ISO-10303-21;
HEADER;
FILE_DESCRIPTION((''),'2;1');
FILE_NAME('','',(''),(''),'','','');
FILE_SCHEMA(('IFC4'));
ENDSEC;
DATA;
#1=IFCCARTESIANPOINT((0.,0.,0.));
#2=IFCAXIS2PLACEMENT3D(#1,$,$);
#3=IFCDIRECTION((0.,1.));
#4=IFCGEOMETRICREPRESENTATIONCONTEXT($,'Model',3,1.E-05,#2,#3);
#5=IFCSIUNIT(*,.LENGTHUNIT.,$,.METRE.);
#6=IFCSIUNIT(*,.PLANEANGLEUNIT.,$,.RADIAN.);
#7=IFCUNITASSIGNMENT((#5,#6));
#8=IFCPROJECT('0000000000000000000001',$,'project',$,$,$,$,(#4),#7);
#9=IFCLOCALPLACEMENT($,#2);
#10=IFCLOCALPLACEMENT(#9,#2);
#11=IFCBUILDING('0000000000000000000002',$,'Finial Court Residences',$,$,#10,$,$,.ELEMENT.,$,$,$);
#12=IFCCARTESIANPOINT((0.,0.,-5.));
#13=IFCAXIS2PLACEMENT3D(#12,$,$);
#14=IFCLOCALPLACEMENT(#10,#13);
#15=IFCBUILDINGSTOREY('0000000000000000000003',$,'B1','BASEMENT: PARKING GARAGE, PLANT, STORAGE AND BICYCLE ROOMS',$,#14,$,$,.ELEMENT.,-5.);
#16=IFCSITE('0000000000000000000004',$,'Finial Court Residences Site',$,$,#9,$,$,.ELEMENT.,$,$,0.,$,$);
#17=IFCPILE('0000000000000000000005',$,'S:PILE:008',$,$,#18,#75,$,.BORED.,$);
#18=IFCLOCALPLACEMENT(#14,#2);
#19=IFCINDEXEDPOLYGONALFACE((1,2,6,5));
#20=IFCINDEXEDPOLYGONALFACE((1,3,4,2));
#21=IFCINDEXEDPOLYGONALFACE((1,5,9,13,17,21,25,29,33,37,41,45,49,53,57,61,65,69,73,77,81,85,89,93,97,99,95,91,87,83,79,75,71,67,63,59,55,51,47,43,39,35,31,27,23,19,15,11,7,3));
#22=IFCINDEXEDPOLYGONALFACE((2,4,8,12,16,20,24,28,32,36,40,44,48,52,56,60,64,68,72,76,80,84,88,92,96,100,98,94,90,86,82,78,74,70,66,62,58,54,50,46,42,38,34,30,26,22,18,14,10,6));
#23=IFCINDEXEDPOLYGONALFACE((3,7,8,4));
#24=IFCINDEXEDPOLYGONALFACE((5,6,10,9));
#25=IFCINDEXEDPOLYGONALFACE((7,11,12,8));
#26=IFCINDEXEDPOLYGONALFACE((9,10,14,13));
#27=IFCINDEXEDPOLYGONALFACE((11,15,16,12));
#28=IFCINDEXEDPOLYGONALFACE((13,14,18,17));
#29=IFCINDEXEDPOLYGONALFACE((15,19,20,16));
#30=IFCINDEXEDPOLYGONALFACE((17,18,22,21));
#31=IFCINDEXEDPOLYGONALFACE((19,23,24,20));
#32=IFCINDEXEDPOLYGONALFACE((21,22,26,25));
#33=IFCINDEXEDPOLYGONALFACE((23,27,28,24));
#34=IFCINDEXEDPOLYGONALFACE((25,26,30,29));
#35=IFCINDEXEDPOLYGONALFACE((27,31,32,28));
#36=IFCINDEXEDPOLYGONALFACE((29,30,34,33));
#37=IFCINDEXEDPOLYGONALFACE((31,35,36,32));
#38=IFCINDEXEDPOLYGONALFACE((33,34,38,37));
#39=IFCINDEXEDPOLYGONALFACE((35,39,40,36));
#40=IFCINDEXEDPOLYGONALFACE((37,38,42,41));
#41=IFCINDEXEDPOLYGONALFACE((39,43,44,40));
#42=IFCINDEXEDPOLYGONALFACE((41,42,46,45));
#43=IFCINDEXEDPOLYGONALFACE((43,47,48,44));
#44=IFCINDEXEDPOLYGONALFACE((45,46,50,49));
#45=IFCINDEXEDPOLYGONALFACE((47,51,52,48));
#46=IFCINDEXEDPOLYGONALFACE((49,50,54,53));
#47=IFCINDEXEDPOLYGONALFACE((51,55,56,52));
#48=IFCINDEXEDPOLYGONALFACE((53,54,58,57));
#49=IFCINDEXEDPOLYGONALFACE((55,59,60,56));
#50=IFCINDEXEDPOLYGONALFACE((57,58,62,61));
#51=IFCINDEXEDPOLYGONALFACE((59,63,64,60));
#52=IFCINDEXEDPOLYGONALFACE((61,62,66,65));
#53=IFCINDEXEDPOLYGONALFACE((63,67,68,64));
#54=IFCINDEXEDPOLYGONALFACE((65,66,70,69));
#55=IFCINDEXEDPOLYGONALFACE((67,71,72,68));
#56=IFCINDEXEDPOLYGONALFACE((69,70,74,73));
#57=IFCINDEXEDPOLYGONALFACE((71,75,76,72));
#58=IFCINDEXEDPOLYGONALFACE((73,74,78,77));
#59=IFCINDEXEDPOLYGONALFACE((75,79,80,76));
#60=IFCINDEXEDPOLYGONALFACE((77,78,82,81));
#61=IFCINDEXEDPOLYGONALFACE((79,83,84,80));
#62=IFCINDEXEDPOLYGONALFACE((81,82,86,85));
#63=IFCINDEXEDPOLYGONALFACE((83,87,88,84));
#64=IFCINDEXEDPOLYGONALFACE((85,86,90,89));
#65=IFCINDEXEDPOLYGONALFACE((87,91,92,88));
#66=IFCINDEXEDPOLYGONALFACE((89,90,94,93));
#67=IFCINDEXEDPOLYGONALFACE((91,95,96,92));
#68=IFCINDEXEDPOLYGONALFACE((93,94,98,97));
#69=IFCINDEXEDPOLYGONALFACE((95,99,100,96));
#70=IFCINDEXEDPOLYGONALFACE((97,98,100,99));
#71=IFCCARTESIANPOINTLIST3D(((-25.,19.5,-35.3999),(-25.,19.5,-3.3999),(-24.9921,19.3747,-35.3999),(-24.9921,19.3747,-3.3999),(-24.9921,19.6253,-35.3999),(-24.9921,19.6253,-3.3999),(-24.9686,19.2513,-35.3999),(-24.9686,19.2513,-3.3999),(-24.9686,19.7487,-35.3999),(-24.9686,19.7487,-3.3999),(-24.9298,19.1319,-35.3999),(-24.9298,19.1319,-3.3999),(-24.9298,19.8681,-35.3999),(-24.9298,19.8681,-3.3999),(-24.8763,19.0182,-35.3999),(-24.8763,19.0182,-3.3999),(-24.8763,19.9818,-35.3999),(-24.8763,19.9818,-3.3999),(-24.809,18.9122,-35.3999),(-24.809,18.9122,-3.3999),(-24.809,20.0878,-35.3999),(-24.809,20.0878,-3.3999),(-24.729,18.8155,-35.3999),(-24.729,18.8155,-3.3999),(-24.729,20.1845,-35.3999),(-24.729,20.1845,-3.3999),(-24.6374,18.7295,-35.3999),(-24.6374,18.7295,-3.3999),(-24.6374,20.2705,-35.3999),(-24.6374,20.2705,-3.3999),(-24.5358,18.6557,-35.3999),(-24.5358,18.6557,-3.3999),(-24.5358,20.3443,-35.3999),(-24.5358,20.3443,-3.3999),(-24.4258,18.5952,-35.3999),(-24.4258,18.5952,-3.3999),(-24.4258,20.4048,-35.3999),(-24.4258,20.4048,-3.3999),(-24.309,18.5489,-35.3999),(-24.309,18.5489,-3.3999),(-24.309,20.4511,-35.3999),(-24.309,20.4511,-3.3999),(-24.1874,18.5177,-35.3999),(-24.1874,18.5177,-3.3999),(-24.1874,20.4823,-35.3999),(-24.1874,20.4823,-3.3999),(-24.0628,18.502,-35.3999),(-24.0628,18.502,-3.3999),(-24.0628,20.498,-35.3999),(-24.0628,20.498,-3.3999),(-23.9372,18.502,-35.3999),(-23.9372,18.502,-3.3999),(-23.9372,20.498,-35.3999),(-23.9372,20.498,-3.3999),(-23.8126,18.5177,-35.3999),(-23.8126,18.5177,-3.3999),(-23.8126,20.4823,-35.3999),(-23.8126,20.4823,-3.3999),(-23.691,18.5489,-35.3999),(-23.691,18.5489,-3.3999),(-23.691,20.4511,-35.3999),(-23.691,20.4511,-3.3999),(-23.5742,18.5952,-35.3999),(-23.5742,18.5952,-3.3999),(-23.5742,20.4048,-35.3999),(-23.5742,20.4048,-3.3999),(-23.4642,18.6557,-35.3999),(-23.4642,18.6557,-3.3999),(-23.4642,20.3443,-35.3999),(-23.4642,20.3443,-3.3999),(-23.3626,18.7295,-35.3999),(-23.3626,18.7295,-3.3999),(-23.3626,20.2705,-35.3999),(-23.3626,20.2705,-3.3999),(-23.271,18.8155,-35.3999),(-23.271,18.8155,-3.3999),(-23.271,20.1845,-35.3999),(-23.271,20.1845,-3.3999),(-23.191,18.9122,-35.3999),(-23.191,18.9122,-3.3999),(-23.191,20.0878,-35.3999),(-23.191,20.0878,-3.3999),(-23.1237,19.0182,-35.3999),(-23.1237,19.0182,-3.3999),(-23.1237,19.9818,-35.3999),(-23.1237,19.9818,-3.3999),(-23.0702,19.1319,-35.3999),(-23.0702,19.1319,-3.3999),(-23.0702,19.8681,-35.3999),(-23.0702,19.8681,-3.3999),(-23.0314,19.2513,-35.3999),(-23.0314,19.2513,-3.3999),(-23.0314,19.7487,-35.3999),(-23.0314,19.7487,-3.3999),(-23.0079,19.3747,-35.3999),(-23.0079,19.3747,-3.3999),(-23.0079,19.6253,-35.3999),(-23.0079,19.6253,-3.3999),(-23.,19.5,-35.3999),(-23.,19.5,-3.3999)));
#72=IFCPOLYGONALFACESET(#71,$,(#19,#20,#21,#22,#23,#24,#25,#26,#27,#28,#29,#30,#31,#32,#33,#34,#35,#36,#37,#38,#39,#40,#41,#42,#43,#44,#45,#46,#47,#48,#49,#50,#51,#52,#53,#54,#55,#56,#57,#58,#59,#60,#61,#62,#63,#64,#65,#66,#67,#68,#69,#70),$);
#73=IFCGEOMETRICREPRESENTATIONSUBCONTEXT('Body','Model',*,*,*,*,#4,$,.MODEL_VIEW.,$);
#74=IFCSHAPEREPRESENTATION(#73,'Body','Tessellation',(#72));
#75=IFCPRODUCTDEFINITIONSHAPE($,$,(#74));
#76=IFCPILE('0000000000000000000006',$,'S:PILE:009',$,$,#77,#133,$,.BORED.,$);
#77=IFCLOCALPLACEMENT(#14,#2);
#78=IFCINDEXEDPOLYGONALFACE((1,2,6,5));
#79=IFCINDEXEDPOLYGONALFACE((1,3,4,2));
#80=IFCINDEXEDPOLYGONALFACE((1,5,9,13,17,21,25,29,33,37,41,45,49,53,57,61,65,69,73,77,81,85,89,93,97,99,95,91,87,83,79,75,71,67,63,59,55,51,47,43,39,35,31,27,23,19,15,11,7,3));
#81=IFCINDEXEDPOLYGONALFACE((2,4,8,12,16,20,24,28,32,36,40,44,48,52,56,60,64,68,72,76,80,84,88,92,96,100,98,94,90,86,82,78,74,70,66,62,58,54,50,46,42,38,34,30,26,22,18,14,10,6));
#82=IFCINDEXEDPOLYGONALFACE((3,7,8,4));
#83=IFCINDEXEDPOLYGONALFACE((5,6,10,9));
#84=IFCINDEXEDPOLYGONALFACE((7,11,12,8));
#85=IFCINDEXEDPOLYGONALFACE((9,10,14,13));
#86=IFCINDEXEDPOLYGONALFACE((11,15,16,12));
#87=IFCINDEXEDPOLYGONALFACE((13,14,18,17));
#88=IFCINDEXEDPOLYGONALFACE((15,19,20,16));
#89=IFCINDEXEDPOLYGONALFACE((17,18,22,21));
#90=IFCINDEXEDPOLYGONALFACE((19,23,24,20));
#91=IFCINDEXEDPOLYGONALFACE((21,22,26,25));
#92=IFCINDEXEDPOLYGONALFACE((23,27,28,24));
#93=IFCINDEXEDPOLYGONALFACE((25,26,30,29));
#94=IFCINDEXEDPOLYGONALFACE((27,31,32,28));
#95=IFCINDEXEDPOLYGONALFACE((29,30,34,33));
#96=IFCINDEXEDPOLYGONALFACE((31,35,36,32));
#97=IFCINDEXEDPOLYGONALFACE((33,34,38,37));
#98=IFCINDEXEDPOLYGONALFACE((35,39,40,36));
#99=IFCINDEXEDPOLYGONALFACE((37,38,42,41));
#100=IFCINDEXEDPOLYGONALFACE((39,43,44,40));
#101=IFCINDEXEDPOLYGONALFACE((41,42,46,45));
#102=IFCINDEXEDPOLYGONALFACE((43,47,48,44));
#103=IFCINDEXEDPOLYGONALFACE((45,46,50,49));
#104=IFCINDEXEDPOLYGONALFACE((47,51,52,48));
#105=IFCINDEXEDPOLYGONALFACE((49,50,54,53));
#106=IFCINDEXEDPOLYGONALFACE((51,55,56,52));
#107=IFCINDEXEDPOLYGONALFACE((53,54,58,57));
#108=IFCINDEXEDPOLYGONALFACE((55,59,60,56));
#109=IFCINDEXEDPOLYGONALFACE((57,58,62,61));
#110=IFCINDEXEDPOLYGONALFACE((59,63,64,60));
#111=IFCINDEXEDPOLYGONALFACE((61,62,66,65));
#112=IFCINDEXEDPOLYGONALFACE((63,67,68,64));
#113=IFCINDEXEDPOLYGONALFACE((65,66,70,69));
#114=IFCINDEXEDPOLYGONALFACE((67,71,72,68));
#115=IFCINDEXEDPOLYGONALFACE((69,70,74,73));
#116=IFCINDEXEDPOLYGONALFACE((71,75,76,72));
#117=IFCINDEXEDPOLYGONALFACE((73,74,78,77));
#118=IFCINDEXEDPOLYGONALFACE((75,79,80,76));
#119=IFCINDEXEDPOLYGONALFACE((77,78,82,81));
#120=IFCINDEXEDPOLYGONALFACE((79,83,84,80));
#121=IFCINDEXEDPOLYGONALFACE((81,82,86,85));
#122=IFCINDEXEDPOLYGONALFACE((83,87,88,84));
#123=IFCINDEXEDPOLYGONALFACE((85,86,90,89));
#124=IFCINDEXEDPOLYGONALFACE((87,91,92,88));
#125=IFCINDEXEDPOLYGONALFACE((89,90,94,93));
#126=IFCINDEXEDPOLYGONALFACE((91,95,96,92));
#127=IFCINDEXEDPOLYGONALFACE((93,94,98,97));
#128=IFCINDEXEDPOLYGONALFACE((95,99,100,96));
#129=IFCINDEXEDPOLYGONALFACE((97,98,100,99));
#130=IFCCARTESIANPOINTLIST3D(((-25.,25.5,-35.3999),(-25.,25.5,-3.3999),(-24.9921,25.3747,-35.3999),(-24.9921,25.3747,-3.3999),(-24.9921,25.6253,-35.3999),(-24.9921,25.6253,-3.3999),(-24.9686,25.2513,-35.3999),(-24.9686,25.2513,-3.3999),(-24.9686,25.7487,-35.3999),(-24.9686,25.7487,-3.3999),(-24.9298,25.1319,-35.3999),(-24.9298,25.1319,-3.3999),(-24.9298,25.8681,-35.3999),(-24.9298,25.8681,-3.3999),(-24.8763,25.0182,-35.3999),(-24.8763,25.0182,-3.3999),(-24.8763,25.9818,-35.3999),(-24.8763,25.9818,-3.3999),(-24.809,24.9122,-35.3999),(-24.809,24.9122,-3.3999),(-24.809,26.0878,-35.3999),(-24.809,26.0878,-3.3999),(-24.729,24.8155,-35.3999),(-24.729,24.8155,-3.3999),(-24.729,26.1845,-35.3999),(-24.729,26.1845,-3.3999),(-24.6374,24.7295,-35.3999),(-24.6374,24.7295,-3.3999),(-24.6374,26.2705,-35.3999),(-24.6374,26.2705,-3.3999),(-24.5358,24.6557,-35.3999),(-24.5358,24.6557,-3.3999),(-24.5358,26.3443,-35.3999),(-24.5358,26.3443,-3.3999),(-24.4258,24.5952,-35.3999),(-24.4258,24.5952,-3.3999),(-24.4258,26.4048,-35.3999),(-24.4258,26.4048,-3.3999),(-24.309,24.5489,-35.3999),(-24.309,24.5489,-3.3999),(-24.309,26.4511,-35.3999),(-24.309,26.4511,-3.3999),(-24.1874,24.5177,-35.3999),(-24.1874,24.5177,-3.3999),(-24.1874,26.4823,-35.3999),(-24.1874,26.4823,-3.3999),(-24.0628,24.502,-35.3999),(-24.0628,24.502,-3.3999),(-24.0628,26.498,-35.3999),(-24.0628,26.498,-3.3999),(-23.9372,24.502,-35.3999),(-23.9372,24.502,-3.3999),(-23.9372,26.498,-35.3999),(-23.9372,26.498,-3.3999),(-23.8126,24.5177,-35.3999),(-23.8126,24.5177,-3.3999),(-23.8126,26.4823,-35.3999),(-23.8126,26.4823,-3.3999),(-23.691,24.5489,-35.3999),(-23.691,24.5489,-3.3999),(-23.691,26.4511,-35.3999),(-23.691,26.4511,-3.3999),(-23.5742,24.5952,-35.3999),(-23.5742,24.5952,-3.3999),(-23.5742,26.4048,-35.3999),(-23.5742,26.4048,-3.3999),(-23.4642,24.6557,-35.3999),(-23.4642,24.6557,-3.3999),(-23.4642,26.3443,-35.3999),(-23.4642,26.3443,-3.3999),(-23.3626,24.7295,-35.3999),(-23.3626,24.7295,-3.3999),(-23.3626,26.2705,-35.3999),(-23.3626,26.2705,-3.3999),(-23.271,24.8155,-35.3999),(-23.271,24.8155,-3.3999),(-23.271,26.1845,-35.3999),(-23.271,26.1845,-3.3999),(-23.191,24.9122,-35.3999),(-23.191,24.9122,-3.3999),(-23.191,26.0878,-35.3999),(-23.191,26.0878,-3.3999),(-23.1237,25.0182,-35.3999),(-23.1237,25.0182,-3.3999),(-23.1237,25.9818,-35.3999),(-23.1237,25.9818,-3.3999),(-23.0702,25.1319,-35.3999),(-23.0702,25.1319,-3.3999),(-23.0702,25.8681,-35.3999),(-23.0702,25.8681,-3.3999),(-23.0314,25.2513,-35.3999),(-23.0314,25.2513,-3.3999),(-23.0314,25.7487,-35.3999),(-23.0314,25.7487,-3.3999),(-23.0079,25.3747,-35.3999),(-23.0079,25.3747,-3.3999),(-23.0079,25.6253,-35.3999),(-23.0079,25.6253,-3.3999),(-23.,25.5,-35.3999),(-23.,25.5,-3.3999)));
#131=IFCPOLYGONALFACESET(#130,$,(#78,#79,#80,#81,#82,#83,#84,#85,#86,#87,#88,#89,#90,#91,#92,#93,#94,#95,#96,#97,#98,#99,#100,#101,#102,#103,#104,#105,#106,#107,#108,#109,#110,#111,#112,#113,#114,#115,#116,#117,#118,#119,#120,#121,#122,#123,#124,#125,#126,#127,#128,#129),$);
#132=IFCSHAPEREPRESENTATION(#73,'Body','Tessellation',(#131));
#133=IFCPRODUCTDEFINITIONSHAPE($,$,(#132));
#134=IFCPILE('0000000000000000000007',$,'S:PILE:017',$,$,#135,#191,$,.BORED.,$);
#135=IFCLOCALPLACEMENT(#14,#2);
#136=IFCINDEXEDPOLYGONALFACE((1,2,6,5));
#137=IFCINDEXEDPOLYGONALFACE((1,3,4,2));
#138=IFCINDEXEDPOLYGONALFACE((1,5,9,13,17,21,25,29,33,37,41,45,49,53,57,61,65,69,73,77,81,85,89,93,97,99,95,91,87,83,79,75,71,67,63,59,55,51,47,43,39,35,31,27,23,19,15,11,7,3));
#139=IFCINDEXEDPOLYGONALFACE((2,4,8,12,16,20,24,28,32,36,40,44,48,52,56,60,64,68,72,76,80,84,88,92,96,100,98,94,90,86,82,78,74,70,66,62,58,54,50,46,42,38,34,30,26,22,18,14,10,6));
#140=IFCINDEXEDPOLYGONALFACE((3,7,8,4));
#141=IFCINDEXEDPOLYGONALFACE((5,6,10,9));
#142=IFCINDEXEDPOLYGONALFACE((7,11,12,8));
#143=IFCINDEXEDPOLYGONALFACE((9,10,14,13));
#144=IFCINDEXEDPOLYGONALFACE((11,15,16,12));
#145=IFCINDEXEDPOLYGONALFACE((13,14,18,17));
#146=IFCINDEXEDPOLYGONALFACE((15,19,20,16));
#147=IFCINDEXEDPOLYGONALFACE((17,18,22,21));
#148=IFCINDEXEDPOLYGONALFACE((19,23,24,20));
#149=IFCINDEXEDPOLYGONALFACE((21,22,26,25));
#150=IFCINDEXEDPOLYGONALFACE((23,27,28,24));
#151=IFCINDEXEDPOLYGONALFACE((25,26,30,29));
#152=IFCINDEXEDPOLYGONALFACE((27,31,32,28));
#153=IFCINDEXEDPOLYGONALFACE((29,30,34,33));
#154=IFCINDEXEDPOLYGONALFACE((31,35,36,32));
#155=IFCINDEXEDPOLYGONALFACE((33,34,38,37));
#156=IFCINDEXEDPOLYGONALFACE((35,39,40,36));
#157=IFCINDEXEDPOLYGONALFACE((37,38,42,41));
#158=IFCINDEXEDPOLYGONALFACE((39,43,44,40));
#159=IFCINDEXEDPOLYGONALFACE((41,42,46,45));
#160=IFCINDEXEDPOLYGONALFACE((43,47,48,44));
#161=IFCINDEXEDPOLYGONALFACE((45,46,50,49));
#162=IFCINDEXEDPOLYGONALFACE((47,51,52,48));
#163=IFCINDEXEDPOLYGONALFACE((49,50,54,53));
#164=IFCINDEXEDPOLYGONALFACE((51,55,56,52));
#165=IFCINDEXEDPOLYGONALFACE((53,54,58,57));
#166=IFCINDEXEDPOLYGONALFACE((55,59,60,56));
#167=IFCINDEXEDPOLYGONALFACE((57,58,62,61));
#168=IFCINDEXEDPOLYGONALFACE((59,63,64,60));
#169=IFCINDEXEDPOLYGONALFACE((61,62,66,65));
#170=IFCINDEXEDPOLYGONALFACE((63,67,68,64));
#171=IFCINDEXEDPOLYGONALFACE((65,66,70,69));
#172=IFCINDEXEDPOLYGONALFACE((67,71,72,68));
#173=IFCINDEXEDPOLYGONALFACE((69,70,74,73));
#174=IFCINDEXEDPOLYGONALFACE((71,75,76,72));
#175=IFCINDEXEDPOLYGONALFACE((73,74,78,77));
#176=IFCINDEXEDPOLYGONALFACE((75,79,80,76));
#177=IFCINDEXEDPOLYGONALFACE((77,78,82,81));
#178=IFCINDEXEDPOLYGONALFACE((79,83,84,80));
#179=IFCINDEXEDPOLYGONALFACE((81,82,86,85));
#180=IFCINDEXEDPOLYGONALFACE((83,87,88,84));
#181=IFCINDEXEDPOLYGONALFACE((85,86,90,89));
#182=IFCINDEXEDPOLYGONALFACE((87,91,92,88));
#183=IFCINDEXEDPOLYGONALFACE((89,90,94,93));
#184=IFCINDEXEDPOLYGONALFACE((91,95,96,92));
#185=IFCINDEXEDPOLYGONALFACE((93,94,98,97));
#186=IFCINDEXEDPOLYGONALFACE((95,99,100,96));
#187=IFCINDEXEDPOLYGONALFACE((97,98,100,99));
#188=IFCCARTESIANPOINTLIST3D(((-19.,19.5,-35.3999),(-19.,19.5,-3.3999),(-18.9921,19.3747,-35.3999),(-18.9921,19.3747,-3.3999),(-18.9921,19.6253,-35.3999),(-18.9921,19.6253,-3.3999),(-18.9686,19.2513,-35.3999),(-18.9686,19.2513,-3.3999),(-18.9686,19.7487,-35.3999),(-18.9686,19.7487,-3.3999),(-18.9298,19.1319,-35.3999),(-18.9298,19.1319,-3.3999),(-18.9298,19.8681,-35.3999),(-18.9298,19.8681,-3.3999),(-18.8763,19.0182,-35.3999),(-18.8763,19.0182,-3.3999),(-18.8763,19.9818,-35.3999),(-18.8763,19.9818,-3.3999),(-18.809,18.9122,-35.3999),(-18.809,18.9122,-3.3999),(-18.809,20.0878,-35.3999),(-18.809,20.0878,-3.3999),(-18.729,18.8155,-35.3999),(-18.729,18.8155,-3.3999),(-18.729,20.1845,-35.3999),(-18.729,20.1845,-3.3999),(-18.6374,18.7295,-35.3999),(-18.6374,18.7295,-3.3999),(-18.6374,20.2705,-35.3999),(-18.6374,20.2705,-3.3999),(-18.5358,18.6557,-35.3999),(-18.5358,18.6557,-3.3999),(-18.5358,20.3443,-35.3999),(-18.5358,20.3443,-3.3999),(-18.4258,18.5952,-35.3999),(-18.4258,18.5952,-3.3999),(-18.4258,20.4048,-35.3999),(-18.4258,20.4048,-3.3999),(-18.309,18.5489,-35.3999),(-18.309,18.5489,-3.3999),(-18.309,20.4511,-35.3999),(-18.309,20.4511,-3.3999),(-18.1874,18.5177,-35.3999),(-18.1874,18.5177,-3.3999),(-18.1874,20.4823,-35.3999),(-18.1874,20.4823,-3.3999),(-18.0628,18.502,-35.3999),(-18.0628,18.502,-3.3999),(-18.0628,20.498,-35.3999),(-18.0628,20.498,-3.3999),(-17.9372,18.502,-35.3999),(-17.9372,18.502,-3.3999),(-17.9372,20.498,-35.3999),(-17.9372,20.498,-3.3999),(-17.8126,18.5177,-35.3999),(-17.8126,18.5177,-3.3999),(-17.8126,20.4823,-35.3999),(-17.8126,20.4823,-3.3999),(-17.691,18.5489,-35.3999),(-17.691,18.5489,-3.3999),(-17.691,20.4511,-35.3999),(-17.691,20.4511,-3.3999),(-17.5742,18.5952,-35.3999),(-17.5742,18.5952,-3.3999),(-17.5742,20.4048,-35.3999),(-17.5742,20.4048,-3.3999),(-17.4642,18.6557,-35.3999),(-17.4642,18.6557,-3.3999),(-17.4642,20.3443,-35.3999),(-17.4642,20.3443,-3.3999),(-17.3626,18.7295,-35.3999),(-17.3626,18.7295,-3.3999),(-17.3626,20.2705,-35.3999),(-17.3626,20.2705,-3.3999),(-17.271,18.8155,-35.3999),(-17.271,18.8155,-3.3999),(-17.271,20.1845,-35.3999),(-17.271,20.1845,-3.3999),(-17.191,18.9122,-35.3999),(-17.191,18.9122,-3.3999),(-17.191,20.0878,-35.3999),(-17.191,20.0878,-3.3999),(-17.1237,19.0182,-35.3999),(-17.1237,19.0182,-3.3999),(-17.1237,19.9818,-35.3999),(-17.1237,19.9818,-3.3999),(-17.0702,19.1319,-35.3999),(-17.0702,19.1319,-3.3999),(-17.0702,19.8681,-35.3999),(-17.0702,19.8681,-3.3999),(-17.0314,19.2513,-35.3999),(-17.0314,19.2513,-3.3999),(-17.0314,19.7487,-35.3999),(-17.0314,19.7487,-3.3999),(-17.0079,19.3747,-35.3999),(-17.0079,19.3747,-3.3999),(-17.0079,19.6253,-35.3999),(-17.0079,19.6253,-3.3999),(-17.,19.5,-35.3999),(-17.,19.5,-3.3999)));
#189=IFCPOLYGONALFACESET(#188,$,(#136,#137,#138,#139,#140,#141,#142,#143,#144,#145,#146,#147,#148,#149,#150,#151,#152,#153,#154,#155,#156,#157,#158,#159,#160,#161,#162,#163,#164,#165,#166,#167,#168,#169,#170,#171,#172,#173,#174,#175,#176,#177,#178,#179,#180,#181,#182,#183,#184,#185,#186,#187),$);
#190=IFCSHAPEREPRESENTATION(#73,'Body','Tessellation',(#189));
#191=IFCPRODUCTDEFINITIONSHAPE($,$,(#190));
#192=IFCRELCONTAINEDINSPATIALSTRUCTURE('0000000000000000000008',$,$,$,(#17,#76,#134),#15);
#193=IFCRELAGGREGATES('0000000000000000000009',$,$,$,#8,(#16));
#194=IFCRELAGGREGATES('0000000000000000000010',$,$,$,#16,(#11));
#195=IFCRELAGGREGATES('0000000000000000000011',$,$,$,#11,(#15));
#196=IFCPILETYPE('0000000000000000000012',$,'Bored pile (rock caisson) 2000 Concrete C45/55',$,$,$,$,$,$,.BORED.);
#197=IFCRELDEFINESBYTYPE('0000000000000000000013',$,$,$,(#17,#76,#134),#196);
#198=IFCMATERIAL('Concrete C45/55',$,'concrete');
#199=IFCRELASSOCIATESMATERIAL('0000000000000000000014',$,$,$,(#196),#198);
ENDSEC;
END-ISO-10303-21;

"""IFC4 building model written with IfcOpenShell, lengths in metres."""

from ifc_helpers import new_model, si_unit, direction, frame, origin, origin_2d, place, context, subcontext, project, spatial, circle, extrude, material, material_profile, profile_set, type_object, element, save


model = new_model("IFC4")

# Units and contexts
model_context = context("Model", 3, precision=1e-05, world=origin(), true_north=direction((0.0, 1.0)))
body_context = subcontext(model_context, "Body", "Model", "MODEL_VIEW")
ifc_project = project(units=[si_unit("LENGTHUNIT", "METRE"), si_unit("PLANEANGLEUNIT", "RADIAN")], contexts=[model_context])

# Site, building, storey
site_placement = place(None, origin())
site = spatial("IfcSite", under=ifc_project, at=site_placement, Name="Finial Court Residences Site", CompositionType="ELEMENT", RefElevation=0.0)
building_placement = place(site_placement, origin())
building = spatial("IfcBuilding", under=site, at=building_placement, Name="Finial Court Residences", CompositionType="ELEMENT")
storey_placement = place(building_placement, frame((0.0, 0.0, -5.0)))
storey = spatial("IfcBuildingStorey", under=building, at=storey_placement, Name="B1", Description="BASEMENT: PARKING GARAGE, PLANT, STORAGE AND BICYCLE ROOMS", CompositionType="ELEMENT", Elevation=-5.0)

# Piles
ifc_material_1 = material(Name="Concrete C45/55", Category="concrete")
ifc_material_profile_1 = material_profile(ifc_material_1, circle(Radius=1.0, at=origin_2d()), Name="D2000")
ifc_profile_set_1 = profile_set([ifc_material_profile_1], Name="Concrete C45/55")
pile_type = type_object("IfcPileType", Name="Bored pile (rock caisson) 2000 Concrete C45/55", PredefinedType="BORED", material=ifc_profile_set_1)
for number, where, z_axis, x_axis, name in (
    (1, (-24.0, 19.5, -3.3999), (0.0, 0.0, -1.0), (1.0, 0.0, 0.0), "S:PILE:008"),
    (2, (-24.0, 25.5, -3.3999), (0.0, 0.0, -1.0), (1.0, 0.0, 0.0), "S:PILE:009"),
    (3, (-18.0, 19.5, -3.3999), (0.0, 0.0, -1.0), (1.0, 0.0, 0.0), "S:PILE:017"),
):
    element("IfcPile", number, at=place(storey_placement, frame(where, z_axis=z_axis, x_axis=x_axis)), inside=storey, type_object=pile_type, Name=name, PredefinedType="BORED", context=body_context, shape_type="SweptSolid", body=[
        extrude(circle(Radius=1.0, at=origin_2d()), origin(), (0.0, 0.0, 1.0), 32.0),
    ])

save(model, "model.ifc")
